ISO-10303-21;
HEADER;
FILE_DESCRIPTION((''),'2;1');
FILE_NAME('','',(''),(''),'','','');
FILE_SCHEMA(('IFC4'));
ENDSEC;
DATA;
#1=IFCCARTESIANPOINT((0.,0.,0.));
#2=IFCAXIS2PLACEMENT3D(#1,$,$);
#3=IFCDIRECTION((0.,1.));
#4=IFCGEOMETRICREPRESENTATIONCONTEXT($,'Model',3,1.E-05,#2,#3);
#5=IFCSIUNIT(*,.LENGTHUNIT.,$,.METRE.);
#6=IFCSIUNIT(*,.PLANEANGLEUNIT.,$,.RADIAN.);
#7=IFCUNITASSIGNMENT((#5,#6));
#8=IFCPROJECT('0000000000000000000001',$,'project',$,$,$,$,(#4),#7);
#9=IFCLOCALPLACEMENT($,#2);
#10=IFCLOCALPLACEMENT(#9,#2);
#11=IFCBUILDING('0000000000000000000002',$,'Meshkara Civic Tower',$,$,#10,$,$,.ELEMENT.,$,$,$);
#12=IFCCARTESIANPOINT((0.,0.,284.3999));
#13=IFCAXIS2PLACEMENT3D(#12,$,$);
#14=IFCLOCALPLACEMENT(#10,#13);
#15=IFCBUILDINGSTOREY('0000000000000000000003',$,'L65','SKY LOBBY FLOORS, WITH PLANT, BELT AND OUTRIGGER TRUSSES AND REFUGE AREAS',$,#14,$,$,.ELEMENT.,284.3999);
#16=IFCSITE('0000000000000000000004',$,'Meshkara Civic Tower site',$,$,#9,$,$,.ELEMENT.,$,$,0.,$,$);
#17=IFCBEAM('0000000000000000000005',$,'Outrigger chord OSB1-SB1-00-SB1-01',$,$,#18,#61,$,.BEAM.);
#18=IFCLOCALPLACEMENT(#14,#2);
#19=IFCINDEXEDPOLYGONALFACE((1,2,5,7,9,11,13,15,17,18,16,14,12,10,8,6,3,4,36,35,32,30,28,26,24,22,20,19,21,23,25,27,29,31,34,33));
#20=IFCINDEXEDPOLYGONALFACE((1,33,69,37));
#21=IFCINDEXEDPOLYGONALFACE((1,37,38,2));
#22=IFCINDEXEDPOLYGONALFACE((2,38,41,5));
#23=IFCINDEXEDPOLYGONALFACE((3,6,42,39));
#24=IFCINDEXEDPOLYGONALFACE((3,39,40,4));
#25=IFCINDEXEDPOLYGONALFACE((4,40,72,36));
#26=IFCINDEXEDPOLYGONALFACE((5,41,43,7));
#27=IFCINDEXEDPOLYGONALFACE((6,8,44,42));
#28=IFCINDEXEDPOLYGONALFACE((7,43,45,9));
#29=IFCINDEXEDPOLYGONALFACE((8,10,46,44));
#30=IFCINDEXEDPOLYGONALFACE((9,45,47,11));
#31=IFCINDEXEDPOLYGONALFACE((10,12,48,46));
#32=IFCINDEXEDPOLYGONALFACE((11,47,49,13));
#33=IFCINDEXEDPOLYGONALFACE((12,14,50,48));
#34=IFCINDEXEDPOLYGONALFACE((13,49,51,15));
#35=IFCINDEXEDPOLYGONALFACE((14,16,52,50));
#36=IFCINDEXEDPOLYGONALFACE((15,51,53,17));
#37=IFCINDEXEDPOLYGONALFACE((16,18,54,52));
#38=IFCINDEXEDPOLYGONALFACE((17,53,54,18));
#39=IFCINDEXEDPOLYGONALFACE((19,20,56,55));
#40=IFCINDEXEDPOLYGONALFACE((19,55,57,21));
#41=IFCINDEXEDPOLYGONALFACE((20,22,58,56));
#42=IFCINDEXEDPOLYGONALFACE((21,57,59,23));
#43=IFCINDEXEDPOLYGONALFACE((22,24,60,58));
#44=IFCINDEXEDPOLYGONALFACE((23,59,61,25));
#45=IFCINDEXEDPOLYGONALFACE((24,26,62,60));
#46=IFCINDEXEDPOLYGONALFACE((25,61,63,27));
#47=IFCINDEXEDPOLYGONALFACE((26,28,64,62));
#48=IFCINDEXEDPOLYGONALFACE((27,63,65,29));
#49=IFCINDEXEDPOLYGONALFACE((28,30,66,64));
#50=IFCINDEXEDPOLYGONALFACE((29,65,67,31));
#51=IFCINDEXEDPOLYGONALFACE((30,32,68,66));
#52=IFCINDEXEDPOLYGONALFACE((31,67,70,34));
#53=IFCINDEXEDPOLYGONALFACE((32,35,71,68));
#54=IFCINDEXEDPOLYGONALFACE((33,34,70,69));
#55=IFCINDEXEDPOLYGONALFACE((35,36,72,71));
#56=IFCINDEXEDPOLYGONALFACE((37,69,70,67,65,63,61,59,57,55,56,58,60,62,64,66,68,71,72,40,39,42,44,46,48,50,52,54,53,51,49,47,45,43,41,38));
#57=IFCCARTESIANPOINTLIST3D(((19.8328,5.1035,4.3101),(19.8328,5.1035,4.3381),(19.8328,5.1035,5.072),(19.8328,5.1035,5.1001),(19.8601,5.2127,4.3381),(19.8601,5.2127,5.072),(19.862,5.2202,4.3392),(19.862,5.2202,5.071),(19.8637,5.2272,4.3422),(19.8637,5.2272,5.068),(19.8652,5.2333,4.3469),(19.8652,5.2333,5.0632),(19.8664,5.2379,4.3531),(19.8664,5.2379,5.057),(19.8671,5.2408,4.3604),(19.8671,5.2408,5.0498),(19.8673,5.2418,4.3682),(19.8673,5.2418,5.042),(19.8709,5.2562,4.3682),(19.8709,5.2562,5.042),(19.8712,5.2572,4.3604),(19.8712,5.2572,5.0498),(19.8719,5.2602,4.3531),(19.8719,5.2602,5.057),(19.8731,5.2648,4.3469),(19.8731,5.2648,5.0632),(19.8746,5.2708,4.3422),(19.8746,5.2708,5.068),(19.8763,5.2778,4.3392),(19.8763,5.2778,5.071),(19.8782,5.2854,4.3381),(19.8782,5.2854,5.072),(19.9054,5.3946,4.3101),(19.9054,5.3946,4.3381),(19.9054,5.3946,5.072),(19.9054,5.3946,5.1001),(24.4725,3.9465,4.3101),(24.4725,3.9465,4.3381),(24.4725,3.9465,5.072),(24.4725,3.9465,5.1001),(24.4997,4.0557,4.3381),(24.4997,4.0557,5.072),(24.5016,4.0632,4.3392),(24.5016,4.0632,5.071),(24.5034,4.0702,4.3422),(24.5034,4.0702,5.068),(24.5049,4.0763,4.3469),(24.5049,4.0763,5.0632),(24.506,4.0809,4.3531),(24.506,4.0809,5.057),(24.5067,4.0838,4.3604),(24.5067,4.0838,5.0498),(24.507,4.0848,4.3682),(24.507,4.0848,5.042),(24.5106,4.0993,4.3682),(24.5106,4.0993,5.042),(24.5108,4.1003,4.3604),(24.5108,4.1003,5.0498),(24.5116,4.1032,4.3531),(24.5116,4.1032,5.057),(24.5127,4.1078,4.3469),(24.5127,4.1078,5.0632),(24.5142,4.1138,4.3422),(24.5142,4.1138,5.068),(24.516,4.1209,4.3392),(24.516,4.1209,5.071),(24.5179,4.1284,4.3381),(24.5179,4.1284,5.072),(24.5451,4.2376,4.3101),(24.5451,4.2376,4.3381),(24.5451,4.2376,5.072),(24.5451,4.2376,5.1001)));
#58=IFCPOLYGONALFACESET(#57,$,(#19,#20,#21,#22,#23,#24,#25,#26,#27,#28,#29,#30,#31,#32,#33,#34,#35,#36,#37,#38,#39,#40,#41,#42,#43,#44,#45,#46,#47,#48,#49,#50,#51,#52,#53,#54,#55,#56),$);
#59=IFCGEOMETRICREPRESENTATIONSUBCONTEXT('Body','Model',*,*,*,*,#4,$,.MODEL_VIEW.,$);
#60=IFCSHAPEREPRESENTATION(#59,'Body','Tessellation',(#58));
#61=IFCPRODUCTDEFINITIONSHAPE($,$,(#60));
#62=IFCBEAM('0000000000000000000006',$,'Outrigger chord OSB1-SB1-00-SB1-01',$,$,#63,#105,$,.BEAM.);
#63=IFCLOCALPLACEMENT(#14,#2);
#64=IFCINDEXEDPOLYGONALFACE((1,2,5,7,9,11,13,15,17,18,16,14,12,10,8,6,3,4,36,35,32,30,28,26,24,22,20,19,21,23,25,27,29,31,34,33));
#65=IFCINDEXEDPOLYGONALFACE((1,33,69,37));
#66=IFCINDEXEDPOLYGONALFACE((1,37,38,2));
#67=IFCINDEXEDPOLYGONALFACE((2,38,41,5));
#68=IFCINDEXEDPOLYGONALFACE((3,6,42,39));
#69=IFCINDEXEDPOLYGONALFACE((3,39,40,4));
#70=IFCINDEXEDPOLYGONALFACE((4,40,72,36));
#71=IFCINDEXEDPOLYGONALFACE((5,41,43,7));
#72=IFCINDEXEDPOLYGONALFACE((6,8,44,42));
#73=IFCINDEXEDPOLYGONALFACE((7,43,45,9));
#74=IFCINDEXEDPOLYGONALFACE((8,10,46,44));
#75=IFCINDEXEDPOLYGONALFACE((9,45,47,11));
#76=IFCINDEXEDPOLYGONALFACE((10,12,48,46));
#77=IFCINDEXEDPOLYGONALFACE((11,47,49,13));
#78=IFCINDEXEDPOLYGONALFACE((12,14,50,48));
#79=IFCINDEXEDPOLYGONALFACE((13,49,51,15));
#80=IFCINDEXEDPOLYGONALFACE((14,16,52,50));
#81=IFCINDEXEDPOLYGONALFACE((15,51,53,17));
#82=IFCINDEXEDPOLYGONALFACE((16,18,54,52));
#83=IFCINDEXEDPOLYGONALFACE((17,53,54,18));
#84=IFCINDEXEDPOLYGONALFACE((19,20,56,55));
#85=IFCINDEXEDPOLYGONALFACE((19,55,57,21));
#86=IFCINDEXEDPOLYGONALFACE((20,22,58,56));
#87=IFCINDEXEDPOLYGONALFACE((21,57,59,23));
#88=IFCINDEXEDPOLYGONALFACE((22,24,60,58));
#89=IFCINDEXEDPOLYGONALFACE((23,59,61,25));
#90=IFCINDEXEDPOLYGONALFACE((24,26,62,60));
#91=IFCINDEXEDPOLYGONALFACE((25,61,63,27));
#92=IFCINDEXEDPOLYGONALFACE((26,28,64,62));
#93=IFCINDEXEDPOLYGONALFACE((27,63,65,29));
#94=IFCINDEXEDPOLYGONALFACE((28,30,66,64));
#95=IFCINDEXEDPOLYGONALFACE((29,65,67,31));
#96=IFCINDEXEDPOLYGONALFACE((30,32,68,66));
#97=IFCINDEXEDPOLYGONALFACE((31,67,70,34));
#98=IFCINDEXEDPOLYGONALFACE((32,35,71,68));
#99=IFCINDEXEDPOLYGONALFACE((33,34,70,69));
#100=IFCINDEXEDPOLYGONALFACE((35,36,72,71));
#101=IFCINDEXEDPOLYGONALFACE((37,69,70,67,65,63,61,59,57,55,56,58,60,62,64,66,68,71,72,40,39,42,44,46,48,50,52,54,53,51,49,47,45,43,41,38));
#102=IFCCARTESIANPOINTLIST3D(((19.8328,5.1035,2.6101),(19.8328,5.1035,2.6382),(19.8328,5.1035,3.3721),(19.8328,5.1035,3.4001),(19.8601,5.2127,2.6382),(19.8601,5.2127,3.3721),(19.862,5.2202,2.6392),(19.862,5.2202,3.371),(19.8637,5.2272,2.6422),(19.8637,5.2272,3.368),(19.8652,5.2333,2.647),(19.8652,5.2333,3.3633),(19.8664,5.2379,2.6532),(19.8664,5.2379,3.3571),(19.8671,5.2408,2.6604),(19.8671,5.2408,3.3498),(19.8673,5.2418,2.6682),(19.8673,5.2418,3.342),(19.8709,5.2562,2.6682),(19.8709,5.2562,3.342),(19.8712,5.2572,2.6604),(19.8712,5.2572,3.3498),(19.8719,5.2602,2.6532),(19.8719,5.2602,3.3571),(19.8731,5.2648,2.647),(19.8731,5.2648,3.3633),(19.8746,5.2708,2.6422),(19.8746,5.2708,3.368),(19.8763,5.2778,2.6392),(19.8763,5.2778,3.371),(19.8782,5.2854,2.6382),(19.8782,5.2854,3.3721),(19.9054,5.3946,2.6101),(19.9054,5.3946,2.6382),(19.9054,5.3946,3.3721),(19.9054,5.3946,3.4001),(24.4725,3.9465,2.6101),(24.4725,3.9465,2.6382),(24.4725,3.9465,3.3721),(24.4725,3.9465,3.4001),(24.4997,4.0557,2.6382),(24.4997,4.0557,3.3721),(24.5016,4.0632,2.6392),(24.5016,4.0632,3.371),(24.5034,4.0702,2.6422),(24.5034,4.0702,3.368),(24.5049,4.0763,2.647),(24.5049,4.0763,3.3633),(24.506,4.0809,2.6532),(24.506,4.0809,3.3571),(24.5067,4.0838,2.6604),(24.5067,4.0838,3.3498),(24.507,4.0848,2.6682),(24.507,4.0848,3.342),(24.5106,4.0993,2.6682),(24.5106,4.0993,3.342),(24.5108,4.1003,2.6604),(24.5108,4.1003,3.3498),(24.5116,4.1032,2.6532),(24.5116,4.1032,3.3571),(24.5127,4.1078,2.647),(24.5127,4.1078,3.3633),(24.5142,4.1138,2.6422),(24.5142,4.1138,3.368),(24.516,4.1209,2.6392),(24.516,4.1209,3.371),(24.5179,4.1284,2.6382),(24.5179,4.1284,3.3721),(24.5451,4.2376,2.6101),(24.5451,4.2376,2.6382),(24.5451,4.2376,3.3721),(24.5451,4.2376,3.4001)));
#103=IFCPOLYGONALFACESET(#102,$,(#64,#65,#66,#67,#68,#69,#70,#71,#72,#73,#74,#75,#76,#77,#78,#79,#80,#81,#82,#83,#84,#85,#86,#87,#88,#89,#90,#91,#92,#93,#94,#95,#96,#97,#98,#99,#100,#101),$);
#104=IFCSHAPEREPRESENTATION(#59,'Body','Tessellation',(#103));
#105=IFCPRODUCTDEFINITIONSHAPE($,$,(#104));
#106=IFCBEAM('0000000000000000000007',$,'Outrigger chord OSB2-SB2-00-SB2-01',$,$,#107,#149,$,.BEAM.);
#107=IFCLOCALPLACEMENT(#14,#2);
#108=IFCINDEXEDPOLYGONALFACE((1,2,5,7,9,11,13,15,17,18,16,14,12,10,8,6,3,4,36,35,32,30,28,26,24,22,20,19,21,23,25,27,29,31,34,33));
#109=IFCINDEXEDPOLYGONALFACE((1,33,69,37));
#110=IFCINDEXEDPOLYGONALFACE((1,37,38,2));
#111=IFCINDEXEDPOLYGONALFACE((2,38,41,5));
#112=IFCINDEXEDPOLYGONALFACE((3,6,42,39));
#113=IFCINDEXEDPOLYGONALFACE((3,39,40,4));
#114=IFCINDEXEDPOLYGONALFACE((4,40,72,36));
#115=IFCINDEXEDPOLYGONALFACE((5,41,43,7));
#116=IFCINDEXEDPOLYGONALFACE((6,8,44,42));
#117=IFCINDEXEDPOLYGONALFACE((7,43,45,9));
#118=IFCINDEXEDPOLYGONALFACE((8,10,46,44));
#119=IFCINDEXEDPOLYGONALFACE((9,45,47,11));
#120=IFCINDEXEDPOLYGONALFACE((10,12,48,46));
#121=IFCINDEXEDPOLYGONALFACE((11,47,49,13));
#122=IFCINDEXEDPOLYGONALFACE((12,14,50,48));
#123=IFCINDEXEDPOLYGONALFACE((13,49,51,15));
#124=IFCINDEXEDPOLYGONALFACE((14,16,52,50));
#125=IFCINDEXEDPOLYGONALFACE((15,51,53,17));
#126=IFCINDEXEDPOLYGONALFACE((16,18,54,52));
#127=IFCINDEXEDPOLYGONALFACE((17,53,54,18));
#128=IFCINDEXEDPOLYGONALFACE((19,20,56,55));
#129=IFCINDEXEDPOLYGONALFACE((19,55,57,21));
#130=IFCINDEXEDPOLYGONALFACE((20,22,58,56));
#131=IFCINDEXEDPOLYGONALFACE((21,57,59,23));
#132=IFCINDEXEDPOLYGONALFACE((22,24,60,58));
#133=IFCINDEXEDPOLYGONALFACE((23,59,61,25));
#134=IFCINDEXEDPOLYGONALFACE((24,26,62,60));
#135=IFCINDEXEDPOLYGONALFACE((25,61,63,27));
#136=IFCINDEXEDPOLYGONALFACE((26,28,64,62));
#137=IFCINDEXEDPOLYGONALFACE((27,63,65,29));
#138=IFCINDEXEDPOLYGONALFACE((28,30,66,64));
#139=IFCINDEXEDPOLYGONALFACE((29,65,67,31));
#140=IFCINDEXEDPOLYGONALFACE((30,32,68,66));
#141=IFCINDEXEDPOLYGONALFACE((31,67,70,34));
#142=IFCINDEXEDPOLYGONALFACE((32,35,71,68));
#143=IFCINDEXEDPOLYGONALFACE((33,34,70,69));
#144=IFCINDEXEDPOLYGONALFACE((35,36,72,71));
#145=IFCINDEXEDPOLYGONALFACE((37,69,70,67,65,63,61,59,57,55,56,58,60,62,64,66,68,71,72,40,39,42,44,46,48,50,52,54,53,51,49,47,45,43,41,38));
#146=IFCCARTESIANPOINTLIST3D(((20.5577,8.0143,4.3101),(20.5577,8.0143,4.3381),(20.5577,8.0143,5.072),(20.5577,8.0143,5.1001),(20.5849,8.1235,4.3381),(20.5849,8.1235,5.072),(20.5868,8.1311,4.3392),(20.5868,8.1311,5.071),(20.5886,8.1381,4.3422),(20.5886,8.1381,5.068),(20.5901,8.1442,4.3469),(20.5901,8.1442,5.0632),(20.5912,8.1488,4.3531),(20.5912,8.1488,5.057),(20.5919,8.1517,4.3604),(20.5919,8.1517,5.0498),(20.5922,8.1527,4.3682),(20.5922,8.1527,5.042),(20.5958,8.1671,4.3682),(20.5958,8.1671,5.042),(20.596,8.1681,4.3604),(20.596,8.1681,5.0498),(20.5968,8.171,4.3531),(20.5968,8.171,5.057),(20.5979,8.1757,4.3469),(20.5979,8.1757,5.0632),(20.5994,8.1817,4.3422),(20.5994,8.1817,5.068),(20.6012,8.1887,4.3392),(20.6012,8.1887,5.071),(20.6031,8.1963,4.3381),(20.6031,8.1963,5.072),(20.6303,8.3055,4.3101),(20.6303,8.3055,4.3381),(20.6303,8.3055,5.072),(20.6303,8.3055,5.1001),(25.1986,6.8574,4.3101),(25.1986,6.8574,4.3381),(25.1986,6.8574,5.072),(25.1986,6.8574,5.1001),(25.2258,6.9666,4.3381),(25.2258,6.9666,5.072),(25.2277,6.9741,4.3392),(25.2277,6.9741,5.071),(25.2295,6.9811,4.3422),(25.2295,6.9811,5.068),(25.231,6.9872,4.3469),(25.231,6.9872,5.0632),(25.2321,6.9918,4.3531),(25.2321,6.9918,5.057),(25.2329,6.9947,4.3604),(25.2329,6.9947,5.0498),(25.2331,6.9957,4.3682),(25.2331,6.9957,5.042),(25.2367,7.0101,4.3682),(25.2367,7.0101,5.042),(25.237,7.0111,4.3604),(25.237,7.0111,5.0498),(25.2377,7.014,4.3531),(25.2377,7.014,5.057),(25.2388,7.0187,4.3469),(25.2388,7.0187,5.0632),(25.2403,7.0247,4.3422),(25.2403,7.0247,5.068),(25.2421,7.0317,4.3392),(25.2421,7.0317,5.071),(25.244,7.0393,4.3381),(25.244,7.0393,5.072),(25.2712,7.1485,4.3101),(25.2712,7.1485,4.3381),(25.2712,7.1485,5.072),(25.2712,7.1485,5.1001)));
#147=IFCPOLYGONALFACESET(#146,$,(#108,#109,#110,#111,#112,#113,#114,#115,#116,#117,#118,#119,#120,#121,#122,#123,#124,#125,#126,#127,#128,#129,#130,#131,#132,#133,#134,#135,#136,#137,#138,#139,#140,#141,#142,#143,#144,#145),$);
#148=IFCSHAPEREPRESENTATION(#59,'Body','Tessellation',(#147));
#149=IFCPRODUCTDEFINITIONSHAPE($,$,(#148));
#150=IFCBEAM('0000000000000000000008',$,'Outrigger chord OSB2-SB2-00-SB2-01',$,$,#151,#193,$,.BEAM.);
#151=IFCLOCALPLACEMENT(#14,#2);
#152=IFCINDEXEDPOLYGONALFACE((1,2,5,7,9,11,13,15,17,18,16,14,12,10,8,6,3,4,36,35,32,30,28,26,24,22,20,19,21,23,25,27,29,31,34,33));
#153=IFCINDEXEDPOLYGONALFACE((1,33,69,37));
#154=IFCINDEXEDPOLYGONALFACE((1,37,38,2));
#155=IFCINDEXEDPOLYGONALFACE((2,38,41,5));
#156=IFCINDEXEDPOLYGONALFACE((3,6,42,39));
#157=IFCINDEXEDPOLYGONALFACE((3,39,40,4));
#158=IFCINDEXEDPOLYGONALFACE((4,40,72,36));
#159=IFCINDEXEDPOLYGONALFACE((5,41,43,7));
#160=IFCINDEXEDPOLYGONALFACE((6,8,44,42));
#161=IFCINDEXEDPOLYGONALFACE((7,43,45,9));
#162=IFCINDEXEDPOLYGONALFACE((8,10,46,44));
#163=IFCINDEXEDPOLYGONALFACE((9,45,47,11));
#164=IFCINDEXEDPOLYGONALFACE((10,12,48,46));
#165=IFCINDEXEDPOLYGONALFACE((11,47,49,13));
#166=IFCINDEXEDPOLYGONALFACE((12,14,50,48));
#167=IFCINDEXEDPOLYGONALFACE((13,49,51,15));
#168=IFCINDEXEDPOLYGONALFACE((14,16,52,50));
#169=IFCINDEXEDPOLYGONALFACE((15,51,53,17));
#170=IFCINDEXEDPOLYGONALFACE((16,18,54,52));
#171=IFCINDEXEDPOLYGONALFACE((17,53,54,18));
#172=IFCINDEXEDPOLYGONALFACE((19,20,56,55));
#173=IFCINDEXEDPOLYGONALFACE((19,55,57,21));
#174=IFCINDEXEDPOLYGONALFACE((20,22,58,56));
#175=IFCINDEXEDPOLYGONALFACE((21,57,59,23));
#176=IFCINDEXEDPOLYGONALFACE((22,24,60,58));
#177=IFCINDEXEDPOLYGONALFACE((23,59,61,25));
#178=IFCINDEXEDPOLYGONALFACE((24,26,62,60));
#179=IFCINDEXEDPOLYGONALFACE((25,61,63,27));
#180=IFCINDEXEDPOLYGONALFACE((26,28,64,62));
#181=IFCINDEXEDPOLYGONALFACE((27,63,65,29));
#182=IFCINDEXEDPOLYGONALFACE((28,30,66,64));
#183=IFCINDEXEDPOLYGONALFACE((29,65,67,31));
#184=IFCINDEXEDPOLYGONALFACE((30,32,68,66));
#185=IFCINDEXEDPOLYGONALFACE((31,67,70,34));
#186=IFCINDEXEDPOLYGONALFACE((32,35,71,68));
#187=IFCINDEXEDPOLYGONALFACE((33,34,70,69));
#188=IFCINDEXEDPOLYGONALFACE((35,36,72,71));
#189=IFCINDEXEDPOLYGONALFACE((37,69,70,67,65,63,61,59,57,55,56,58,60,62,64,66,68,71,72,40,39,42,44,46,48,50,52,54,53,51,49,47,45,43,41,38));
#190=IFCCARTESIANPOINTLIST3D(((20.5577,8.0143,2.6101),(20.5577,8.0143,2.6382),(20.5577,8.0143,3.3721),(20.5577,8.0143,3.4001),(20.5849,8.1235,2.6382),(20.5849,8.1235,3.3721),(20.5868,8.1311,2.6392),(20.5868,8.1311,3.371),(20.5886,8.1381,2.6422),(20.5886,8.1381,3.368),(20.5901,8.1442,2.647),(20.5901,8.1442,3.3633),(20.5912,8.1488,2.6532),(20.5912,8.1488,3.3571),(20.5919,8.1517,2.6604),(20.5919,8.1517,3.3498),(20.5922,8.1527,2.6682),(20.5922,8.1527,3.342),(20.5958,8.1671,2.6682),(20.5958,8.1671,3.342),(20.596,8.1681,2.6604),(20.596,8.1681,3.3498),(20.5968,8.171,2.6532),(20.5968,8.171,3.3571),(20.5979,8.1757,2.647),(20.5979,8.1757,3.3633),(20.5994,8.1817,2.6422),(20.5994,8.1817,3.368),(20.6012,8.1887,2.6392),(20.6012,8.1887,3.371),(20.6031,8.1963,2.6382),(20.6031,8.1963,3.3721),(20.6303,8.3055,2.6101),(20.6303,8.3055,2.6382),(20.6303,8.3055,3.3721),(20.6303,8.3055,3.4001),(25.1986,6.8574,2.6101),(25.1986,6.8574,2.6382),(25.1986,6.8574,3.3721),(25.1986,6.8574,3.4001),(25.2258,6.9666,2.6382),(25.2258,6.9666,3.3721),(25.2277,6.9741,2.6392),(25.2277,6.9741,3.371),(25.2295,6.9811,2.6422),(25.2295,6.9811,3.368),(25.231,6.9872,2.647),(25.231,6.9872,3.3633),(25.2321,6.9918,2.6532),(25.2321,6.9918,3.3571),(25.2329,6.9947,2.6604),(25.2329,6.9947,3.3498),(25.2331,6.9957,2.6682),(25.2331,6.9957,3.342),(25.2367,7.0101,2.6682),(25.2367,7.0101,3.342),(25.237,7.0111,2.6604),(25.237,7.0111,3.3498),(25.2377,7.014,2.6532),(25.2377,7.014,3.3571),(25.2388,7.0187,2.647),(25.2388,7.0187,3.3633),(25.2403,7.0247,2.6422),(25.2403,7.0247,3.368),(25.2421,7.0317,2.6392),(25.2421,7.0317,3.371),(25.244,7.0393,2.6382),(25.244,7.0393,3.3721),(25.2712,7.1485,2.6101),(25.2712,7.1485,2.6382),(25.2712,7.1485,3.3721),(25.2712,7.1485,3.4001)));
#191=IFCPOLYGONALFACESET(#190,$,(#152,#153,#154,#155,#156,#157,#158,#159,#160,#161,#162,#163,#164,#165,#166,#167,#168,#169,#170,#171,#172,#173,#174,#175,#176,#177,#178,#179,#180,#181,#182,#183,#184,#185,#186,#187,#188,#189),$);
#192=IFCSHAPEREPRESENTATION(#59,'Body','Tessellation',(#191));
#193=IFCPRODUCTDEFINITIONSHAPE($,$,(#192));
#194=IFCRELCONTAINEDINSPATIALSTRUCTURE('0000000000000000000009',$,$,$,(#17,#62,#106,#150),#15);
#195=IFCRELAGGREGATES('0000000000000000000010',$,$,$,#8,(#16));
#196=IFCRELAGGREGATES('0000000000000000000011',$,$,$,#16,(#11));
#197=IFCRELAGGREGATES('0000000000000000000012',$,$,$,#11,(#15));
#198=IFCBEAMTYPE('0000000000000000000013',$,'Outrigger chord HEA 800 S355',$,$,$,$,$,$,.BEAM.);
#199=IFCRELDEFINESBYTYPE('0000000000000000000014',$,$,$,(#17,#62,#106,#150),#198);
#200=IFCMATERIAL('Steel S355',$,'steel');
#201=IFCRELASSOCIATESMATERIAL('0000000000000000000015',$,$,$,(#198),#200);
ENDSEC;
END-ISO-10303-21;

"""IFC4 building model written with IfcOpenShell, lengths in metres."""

from ifc_helpers import new_model, si_unit, direction, frame, origin, origin_2d, place, context, subcontext, project, spatial, i_section, extrude, material, material_profile, profile_set, type_object, element, save


model = new_model("IFC4")

# Units and contexts
model_context = context("Model", 3, precision=1e-05, world=origin(), true_north=direction((0.0, 1.0)))
body_context = subcontext(model_context, "Body", "Model", "MODEL_VIEW")
ifc_project = project(units=[si_unit("LENGTHUNIT", "METRE"), si_unit("PLANEANGLEUNIT", "RADIAN")], contexts=[model_context])

# Site, building, storey
site_placement = place(None, origin())
site = spatial("IfcSite", under=ifc_project, at=site_placement, Name="Meshkara Civic Tower site", CompositionType="ELEMENT", RefElevation=0.0)
building_placement = place(site_placement, origin())
building = spatial("IfcBuilding", under=site, at=building_placement, Name="Meshkara Civic Tower", CompositionType="ELEMENT")
storey_placement = place(building_placement, frame((0.0, 0.0, 284.3999)))
storey = spatial("IfcBuildingStorey", under=building, at=storey_placement, Name="L65", Description="SKY LOBBY FLOORS, WITH PLANT, BELT AND OUTRIGGER TRUSSES AND REFUGE AREAS", CompositionType="ELEMENT", Elevation=284.3999)

# Beams
ifc_material_1 = material(Name="Steel S355", Category="steel")
ifc_material_profile_1 = material_profile(ifc_material_1, i_section(OverallWidth=0.3, OverallDepth=0.79, WebThickness=0.0149, FlangeThickness=0.0281, FilletRadius=0.03, at=origin_2d()))
ifc_profile_set_1 = profile_set([ifc_material_profile_1], Name="Steel S355")
beam_type_1 = type_object("IfcBeamType", Name="Outrigger chord HEA 800 S355", PredefinedType="BEAM", material=ifc_profile_set_1)
for number, where, z_axis, x_axis, name in (
    (1, (19.8691, 5.249, 4.7051), (0.970286, -0.241959, 0.0), (0.241959, 0.970286, 0.0), "Outrigger chord OSB1-SB1-00-SB1-01"),
    (2, (19.8691, 5.249, 3.0051), (0.970286, -0.241959, 0.0), (0.241959, 0.970286, 0.0), "Outrigger chord OSB1-SB1-00-SB1-01"),
):
    element("IfcBeam", number, at=place(storey_placement, frame(where, z_axis=z_axis, x_axis=x_axis)), inside=storey, type_object=beam_type_1, Name=name, PredefinedType="BEAM", context=body_context, shape_type="SweptSolid", body=[
        extrude(i_section(OverallWidth=0.3, OverallDepth=0.79, WebThickness=0.0149, FlangeThickness=0.0281, FilletRadius=0.03, at=origin_2d()), origin(), (0.0, 0.0, 1.0), 4.7817),
    ])
for number, where, z_axis, x_axis, name in (
    (3, (20.594, 8.1599, 4.7051), (0.970301, -0.241899, 0.0), (0.241899, 0.970301, 0.0), "Outrigger chord OSB2-SB2-00-SB2-01"),
    (4, (20.594, 8.1599, 3.0051), (0.970301, -0.241899, 0.0), (0.241899, 0.970301, 0.0), "Outrigger chord OSB2-SB2-00-SB2-01"),
):
    element("IfcBeam", number, at=place(storey_placement, frame(where, z_axis=z_axis, x_axis=x_axis)), inside=storey, type_object=beam_type_1, Name=name, PredefinedType="BEAM", context=body_context, shape_type="SweptSolid", body=[
        extrude(i_section(OverallWidth=0.3, OverallDepth=0.79, WebThickness=0.0149, FlangeThickness=0.0281, FilletRadius=0.03, at=origin_2d()), origin(), (0.0, 0.0, 1.0), 4.783),
    ])

save(model, "model.ifc")
